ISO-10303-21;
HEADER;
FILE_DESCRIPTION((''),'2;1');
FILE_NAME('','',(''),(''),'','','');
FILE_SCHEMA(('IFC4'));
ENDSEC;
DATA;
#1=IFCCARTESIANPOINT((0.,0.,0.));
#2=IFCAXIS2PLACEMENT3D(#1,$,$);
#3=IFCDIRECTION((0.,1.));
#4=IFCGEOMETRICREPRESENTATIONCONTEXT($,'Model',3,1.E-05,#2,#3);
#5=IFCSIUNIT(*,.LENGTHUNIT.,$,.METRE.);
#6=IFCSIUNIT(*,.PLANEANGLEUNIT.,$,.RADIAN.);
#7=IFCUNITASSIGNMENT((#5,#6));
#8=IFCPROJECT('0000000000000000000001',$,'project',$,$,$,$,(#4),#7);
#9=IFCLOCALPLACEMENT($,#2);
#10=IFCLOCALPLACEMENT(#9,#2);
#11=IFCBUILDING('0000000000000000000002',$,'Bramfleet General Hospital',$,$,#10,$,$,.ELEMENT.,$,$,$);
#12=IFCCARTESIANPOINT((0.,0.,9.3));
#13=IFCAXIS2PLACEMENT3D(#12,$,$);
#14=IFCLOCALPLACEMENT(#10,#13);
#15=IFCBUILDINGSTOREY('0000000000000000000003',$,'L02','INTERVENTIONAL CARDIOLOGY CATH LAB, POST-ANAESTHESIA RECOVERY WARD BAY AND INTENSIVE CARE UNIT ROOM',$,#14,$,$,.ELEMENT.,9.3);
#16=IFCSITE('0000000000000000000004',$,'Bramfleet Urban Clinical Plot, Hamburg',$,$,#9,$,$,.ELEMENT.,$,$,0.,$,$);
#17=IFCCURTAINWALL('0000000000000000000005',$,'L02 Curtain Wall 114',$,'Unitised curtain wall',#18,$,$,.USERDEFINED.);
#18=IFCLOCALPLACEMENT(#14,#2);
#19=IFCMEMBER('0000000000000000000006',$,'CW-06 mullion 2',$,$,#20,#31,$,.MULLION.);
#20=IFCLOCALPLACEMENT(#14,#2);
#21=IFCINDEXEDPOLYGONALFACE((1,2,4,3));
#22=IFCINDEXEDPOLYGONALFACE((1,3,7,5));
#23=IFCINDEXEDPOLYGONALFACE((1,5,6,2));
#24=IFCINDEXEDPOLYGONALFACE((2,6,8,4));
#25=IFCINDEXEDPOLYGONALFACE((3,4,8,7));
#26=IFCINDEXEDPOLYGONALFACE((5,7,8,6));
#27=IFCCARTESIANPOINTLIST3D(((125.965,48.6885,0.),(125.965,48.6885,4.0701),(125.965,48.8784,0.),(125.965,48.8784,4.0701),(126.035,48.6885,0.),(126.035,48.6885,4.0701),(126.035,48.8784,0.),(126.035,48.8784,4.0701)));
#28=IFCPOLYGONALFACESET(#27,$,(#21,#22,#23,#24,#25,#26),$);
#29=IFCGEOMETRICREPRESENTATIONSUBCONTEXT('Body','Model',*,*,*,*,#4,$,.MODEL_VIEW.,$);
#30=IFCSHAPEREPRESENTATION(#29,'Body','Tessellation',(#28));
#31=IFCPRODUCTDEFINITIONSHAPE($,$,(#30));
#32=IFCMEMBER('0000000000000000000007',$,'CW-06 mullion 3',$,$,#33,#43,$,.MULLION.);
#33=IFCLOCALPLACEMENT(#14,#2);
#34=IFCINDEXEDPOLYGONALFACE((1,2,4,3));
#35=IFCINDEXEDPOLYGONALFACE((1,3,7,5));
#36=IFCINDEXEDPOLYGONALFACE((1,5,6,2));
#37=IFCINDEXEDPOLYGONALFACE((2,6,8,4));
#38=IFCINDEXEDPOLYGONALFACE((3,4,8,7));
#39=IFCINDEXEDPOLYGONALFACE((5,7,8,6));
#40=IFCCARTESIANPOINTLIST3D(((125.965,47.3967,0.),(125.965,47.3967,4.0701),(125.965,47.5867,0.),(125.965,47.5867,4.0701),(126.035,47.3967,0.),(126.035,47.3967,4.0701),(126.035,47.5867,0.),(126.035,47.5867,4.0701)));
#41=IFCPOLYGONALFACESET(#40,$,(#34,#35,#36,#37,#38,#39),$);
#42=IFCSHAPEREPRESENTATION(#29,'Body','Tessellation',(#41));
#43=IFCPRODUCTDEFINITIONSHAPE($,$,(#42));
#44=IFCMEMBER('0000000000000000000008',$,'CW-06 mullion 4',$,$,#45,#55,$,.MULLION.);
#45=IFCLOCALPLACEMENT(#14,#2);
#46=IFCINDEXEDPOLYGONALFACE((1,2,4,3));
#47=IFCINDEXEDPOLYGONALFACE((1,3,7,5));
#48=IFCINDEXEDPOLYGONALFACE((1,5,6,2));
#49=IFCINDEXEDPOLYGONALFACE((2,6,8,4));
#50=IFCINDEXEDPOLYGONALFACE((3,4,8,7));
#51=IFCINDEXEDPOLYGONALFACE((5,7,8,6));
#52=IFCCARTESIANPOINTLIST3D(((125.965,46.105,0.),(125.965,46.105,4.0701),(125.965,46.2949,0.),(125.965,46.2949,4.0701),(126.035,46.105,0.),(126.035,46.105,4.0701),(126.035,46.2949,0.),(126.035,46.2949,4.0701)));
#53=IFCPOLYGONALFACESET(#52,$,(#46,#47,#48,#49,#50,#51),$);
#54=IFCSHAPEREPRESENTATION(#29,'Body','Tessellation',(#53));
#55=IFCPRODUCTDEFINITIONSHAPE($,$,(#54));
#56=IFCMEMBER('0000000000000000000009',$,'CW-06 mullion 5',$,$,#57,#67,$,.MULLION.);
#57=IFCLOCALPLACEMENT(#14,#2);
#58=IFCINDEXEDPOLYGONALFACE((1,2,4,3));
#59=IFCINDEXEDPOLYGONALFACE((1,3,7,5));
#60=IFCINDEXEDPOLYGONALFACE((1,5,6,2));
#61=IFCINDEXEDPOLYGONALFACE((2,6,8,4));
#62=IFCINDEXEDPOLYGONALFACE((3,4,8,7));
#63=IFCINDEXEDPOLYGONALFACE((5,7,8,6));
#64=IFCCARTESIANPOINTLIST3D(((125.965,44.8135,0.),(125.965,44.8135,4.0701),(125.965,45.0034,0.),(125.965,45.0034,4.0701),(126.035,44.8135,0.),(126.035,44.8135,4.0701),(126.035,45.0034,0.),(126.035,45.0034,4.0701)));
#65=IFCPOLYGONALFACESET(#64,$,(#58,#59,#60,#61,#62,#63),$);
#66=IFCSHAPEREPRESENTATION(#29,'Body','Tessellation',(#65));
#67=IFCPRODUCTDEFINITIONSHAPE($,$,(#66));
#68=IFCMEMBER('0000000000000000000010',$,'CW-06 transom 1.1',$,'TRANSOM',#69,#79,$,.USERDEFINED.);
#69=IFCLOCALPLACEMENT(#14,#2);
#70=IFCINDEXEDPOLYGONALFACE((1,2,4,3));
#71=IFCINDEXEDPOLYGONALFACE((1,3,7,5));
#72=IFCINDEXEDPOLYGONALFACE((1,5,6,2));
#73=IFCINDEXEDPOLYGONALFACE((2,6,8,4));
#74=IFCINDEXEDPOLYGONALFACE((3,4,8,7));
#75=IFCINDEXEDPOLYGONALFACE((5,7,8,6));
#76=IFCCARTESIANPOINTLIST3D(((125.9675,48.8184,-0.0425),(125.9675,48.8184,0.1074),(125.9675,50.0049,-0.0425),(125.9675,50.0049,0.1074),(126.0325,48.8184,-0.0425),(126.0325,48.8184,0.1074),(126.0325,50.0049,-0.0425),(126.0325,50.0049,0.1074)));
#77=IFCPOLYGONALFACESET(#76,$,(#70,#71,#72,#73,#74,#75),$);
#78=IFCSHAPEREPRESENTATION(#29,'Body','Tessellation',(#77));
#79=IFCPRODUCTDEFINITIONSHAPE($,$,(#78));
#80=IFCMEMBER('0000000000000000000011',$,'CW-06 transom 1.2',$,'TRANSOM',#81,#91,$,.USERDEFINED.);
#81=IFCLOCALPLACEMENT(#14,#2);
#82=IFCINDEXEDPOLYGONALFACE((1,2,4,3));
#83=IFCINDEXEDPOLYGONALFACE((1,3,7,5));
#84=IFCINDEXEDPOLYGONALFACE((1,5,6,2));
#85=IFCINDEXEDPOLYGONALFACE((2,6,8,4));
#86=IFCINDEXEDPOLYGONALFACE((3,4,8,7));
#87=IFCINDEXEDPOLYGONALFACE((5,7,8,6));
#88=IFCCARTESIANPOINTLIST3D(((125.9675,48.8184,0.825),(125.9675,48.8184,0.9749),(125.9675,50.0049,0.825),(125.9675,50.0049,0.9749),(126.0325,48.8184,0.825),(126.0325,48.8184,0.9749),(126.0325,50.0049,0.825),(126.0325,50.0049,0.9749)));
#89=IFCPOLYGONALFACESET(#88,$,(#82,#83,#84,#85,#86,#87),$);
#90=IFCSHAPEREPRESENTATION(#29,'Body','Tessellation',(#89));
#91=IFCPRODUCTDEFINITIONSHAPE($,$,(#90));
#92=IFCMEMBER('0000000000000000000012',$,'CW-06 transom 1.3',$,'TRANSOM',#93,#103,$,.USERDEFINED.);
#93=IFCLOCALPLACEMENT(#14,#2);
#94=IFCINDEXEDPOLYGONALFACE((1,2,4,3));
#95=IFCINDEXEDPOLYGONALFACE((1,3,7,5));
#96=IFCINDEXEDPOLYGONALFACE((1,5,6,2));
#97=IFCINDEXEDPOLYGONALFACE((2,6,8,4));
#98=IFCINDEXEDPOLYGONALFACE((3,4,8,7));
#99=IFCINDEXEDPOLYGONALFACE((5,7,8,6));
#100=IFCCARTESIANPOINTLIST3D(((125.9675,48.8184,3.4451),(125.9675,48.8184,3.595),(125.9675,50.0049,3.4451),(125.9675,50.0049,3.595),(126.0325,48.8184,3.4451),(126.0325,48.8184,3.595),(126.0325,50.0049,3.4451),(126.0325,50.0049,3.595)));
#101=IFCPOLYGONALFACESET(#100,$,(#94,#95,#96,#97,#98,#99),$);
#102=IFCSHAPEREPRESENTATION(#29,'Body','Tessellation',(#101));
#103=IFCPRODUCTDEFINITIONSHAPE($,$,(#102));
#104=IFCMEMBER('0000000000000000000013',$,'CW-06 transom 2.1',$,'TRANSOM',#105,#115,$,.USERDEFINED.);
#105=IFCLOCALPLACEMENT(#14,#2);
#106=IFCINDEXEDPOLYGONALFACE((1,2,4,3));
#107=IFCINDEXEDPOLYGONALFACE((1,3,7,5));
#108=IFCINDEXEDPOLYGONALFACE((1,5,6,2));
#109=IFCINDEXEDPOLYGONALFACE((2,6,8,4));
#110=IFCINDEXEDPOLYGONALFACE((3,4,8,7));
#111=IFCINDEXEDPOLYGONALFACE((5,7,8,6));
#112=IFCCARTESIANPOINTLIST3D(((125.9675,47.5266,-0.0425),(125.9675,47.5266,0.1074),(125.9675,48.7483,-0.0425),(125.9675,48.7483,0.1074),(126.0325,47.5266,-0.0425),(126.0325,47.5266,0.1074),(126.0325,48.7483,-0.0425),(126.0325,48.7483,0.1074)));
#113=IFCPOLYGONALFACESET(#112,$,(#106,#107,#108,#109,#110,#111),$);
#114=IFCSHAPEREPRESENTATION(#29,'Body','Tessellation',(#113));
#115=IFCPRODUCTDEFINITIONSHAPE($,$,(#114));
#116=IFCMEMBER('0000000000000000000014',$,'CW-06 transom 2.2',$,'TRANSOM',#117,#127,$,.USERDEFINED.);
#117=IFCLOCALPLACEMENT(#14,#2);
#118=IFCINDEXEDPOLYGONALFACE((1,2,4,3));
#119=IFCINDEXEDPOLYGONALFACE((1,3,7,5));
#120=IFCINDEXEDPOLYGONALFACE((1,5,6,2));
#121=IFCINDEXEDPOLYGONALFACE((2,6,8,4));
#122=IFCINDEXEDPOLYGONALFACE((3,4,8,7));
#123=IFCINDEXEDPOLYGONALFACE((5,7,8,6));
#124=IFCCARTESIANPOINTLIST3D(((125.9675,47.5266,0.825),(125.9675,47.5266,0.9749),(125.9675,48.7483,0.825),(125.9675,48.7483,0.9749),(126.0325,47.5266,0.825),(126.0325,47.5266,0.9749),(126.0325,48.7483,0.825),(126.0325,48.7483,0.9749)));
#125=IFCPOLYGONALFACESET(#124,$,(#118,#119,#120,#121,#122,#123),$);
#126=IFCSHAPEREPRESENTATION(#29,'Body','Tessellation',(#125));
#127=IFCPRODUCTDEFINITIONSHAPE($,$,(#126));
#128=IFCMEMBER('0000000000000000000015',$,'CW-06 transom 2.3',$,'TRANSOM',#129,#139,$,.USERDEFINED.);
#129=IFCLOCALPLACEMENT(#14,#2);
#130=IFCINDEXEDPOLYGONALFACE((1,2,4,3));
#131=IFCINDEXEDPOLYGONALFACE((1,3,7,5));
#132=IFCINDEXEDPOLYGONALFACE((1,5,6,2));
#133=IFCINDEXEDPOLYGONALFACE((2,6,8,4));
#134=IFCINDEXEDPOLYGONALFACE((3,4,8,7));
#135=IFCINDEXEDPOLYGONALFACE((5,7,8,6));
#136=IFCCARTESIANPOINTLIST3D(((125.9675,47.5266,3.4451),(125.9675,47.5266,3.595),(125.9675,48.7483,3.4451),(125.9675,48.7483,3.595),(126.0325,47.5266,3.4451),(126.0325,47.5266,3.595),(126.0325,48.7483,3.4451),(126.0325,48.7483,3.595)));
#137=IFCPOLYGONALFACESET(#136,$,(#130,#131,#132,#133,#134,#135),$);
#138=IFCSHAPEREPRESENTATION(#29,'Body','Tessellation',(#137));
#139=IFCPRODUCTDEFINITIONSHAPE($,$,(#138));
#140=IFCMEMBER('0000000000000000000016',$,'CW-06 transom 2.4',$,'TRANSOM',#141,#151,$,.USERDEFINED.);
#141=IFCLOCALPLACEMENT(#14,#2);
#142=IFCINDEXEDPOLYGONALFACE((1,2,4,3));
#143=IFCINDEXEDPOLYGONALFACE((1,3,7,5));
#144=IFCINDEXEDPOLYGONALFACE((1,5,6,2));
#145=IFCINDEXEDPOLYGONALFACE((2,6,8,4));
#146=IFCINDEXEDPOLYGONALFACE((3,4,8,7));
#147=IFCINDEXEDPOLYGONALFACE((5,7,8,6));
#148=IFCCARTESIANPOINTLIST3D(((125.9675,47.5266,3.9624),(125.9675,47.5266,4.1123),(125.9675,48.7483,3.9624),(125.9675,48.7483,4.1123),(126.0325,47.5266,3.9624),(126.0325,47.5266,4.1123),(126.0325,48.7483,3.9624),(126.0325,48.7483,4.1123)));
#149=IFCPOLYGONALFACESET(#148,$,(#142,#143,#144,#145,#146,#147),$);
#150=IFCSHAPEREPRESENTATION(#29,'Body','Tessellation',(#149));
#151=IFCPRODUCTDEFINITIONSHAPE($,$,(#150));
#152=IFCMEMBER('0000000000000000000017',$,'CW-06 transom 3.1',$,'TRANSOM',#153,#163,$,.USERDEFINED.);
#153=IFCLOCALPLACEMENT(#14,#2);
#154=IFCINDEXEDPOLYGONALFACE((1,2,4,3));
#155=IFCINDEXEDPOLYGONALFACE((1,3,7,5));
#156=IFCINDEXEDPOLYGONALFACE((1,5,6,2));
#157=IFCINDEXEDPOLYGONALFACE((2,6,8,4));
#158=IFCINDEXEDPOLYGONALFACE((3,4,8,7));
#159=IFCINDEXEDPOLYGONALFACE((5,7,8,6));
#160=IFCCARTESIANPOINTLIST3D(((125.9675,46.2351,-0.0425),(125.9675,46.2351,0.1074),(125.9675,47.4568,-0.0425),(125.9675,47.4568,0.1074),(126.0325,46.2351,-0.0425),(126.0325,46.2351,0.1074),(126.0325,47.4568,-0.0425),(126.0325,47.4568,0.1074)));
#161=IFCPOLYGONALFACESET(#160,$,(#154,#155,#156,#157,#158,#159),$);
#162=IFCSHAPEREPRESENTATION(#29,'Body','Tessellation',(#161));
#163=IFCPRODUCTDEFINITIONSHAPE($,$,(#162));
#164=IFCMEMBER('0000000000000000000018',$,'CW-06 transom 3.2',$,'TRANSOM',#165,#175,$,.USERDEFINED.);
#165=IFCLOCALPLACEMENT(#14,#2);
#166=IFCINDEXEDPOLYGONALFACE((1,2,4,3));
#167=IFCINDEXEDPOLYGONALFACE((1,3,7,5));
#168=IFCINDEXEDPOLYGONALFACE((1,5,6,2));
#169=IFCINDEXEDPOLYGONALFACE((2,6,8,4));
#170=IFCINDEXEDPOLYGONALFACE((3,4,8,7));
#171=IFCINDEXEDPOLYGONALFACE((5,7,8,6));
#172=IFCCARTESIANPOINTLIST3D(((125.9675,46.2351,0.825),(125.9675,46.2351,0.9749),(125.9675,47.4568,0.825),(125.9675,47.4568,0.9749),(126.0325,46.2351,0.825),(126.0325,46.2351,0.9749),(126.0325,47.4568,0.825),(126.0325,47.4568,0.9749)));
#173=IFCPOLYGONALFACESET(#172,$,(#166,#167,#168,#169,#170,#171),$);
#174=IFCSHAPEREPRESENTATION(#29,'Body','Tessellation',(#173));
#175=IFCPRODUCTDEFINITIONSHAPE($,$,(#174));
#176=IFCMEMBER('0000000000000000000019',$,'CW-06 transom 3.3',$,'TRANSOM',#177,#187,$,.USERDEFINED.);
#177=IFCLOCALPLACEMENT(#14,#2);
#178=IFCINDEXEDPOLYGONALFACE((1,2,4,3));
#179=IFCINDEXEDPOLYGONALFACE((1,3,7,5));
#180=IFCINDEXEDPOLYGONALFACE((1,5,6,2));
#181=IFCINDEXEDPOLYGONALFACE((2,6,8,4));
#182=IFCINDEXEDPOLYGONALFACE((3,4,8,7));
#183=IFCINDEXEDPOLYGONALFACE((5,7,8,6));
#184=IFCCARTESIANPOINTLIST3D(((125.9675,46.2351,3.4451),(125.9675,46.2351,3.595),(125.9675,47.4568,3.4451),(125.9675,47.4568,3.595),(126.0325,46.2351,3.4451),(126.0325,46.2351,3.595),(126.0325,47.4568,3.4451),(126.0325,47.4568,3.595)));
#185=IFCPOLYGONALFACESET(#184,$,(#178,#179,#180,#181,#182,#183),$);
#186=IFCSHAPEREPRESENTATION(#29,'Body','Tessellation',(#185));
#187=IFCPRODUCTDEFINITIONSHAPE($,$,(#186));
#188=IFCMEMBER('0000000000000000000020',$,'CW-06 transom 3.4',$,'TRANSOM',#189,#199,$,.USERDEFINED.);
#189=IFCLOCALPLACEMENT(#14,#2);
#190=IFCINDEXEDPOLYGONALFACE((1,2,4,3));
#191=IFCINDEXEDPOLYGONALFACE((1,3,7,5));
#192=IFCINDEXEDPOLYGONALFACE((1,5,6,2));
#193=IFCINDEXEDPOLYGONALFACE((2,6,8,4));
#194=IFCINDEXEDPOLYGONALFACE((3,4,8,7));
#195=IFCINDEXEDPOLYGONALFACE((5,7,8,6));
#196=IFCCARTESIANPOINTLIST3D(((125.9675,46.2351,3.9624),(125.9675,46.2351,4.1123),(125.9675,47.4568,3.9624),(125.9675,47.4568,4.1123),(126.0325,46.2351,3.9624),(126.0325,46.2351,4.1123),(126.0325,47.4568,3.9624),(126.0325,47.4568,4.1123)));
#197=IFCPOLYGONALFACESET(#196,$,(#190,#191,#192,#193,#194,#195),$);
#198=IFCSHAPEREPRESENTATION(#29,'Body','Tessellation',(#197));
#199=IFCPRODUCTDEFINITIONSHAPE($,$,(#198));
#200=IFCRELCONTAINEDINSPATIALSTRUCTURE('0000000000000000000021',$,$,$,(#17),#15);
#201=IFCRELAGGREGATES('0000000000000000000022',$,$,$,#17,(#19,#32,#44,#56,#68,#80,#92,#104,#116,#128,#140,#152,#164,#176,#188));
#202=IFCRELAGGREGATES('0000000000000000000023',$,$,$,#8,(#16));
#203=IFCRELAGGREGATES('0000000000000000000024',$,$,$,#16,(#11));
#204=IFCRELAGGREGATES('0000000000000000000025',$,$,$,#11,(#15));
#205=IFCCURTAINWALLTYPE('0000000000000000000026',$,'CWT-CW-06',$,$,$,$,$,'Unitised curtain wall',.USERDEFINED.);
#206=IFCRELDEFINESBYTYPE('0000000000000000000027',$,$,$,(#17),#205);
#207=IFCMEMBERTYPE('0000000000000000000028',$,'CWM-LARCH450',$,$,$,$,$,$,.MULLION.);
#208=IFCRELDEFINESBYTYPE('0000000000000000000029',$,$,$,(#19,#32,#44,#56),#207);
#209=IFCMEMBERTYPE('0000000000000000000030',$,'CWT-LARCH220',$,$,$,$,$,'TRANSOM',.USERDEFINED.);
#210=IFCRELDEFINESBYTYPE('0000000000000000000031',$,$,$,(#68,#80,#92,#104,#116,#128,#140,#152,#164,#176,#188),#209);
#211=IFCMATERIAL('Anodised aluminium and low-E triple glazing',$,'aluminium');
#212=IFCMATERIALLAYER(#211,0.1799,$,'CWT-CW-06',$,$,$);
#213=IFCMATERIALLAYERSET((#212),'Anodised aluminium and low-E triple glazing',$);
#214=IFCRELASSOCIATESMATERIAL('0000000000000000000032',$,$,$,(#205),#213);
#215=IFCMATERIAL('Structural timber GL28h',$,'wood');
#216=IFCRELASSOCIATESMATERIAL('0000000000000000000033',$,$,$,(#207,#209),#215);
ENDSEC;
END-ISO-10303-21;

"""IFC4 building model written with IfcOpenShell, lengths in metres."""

from ifc_helpers import new_model, si_unit, direction, frame, origin, origin_2d, place, context, subcontext, project, spatial, rectangle, extrude, material, layer, layer_set, material_profile, profile_set, type_object, element, aggregate, save


model = new_model("IFC4")

# Units and contexts
model_context = context("Model", 3, precision=1e-05, world=origin(), true_north=direction((0.0, 1.0)))
body_context = subcontext(model_context, "Body", "Model", "MODEL_VIEW")
ifc_project = project(units=[si_unit("LENGTHUNIT", "METRE"), si_unit("PLANEANGLEUNIT", "RADIAN")], contexts=[model_context])

# Site, building, storey
site_placement = place(None, origin())
site = spatial("IfcSite", under=ifc_project, at=site_placement, Name="Bramfleet Urban Clinical Plot, Hamburg", CompositionType="ELEMENT", RefElevation=0.0)
building_placement = place(site_placement, origin())
building = spatial("IfcBuilding", under=site, at=building_placement, Name="Bramfleet General Hospital", CompositionType="ELEMENT")
storey_placement = place(building_placement, frame((0.0, 0.0, 9.3)))
storey = spatial("IfcBuildingStorey", under=building, at=storey_placement, Name="L02", Description="INTERVENTIONAL CARDIOLOGY CATH LAB, POST-ANAESTHESIA RECOVERY WARD BAY AND INTENSIVE CARE UNIT ROOM", CompositionType="ELEMENT", Elevation=9.3)

# Curtain wall, members
ifc_material_1 = material(Name="Anodised aluminium and low-E triple glazing", Category="aluminium")
ifc_layer_1 = layer(ifc_material_1, 0.1799, Name="CWT-CW-06")
ifc_layer_set_1 = layer_set([ifc_layer_1], Name="Anodised aluminium and low-E triple glazing")
curtain_wall_type = type_object("IfcCurtainWallType", Name="CWT-CW-06", ElementType="Unitised curtain wall", PredefinedType="USERDEFINED", material=ifc_layer_set_1)
curtain_wall_placement = place(storey_placement, origin())
curtain_wall = element("IfcCurtainWall", 1, at=curtain_wall_placement, inside=storey, type_object=curtain_wall_type, Name="L02 Curtain Wall 114", ObjectType="Unitised curtain wall", PredefinedType="USERDEFINED")
ifc_material_2 = material(Name="Structural timber GL28h", Category="wood")
ifc_material_profile_1 = material_profile(ifc_material_2, rectangle(XDim=0.0701, YDim=0.1899, at=origin_2d()), Name="LARCH 190x70")
ifc_profile_set_1 = profile_set([ifc_material_profile_1], Name="Structural timber GL28h")
member_type_1 = type_object("IfcMemberType", Name="CWM-LARCH450", PredefinedType="MULLION", material=ifc_profile_set_1)
member_1_placement = place(storey_placement, frame((126.0, 48.7834, 0.0), z_axis=(0.0, 0.0, 1.0), x_axis=(1.0, 0.0, 0.0)))
member_1 = element("IfcMember", 2, at=member_1_placement, type_object=member_type_1, Name="CW-06 mullion 2", PredefinedType="MULLION", context=body_context, shape_type="SweptSolid", body=[
    extrude(rectangle(XDim=0.0701, YDim=0.1899, at=origin_2d()), origin(), (0.0, 0.0, 1.0), 4.0701),
])
member_2_placement = place(storey_placement, frame((126.0, 47.4917, 0.0), z_axis=(0.0, 0.0, 1.0), x_axis=(1.0, 0.0, 0.0)))
member_2 = element("IfcMember", 3, at=member_2_placement, type_object=member_type_1, Name="CW-06 mullion 3", PredefinedType="MULLION", context=body_context, shape_type="SweptSolid", body=[
    extrude(rectangle(XDim=0.0701, YDim=0.1899, at=origin_2d()), origin(), (0.0, 0.0, 1.0), 4.0701),
])
member_3_placement = place(storey_placement, frame((126.0, 46.2, 0.0), z_axis=(0.0, 0.0, 1.0), x_axis=(1.0, 0.0, 0.0)))
member_3 = element("IfcMember", 4, at=member_3_placement, type_object=member_type_1, Name="CW-06 mullion 4", PredefinedType="MULLION", context=body_context, shape_type="SweptSolid", body=[
    extrude(rectangle(XDim=0.0701, YDim=0.1899, at=origin_2d()), origin(), (0.0, 0.0, 1.0), 4.0701),
])
member_4_placement = place(storey_placement, frame((126.0, 44.9084, 0.0), z_axis=(0.0, 0.0, 1.0), x_axis=(1.0, 0.0, 0.0)))
member_4 = element("IfcMember", 5, at=member_4_placement, type_object=member_type_1, Name="CW-06 mullion 5", PredefinedType="MULLION", context=body_context, shape_type="SweptSolid", body=[
    extrude(rectangle(XDim=0.0701, YDim=0.1899, at=origin_2d()), origin(), (0.0, 0.0, 1.0), 4.0701),
])
ifc_material_profile_2 = material_profile(ifc_material_2, rectangle(XDim=0.0649, YDim=0.1499, at=origin_2d()), Name="LARCH 150x65")
ifc_profile_set_2 = profile_set([ifc_material_profile_2], Name="Structural timber GL28h")
member_type_2 = type_object("IfcMemberType", Name="CWT-LARCH220", ElementType="TRANSOM", PredefinedType="USERDEFINED", material=ifc_profile_set_2)
member_5_placement = place(storey_placement, frame((126.0, 50.0049, 0.0325), z_axis=(0.0, -1.0, 0.0), x_axis=(1.0, 0.0, 0.0)))
member_5 = element("IfcMember", 6, at=member_5_placement, type_object=member_type_2, Name="CW-06 transom 1.1", ObjectType="TRANSOM", PredefinedType="USERDEFINED", context=body_context, shape_type="SweptSolid", body=[
    extrude(rectangle(XDim=0.0649, YDim=0.1499, at=origin_2d()), origin(), (0.0, 0.0, 1.0), 1.1865),
])
member_6_placement = place(storey_placement, frame((126.0, 50.0049, 0.8999), z_axis=(0.0, -1.0, 0.0), x_axis=(1.0, 0.0, 0.0)))
member_6 = element("IfcMember", 7, at=member_6_placement, type_object=member_type_2, Name="CW-06 transom 1.2", ObjectType="TRANSOM", PredefinedType="USERDEFINED", context=body_context, shape_type="SweptSolid", body=[
    extrude(rectangle(XDim=0.0649, YDim=0.1499, at=origin_2d()), origin(), (0.0, 0.0, 1.0), 1.1865),
])
member_7_placement = place(storey_placement, frame((126.0, 50.0049, 3.52), z_axis=(0.0, -1.0, 0.0), x_axis=(1.0, 0.0, 0.0)))
member_7 = element("IfcMember", 8, at=member_7_placement, type_object=member_type_2, Name="CW-06 transom 1.3", ObjectType="TRANSOM", PredefinedType="USERDEFINED", context=body_context, shape_type="SweptSolid", body=[
    extrude(rectangle(XDim=0.0649, YDim=0.1499, at=origin_2d()), origin(), (0.0, 0.0, 1.0), 1.1865),
])
member_8_placement = place(storey_placement, frame((126.0, 48.7483, 0.0325), z_axis=(0.0, -1.0, 0.0), x_axis=(1.0, 0.0, 0.0)))
member_8 = element("IfcMember", 9, at=member_8_placement, type_object=member_type_2, Name="CW-06 transom 2.1", ObjectType="TRANSOM", PredefinedType="USERDEFINED", context=body_context, shape_type="SweptSolid", body=[
    extrude(rectangle(XDim=0.0649, YDim=0.1499, at=origin_2d()), origin(), (0.0, 0.0, 1.0), 1.2217),
])
member_9_placement = place(storey_placement, frame((126.0, 48.7483, 0.8999), z_axis=(0.0, -1.0, 0.0), x_axis=(1.0, 0.0, 0.0)))
member_9 = element("IfcMember", 10, at=member_9_placement, type_object=member_type_2, Name="CW-06 transom 2.2", ObjectType="TRANSOM", PredefinedType="USERDEFINED", context=body_context, shape_type="SweptSolid", body=[
    extrude(rectangle(XDim=0.0649, YDim=0.1499, at=origin_2d()), origin(), (0.0, 0.0, 1.0), 1.2217),
])
member_10_placement = place(storey_placement, frame((126.0, 48.7483, 3.52), z_axis=(0.0, -1.0, 0.0), x_axis=(1.0, 0.0, 0.0)))
member_10 = element("IfcMember", 11, at=member_10_placement, type_object=member_type_2, Name="CW-06 transom 2.3", ObjectType="TRANSOM", PredefinedType="USERDEFINED", context=body_context, shape_type="SweptSolid", body=[
    extrude(rectangle(XDim=0.0649, YDim=0.1499, at=origin_2d()), origin(), (0.0, 0.0, 1.0), 1.2217),
])
member_11_placement = place(storey_placement, frame((126.0, 48.7483, 4.0374), z_axis=(0.0, -1.0, 0.0), x_axis=(1.0, 0.0, 0.0)))
member_11 = element("IfcMember", 12, at=member_11_placement, type_object=member_type_2, Name="CW-06 transom 2.4", ObjectType="TRANSOM", PredefinedType="USERDEFINED", context=body_context, shape_type="SweptSolid", body=[
    extrude(rectangle(XDim=0.0649, YDim=0.1499, at=origin_2d()), origin(), (0.0, 0.0, 1.0), 1.2217),
])
member_12_placement = place(storey_placement, frame((126.0, 47.4568, 0.0325), z_axis=(0.0, -1.0, 0.0), x_axis=(1.0, 0.0, 0.0)))
member_12 = element("IfcMember", 13, at=member_12_placement, type_object=member_type_2, Name="CW-06 transom 3.1", ObjectType="TRANSOM", PredefinedType="USERDEFINED", context=body_context, shape_type="SweptSolid", body=[
    extrude(rectangle(XDim=0.0649, YDim=0.1499, at=origin_2d()), origin(), (0.0, 0.0, 1.0), 1.2217),
])
member_13_placement = place(storey_placement, frame((126.0, 47.4568, 0.8999), z_axis=(0.0, -1.0, 0.0), x_axis=(1.0, 0.0, 0.0)))
member_13 = element("IfcMember", 14, at=member_13_placement, type_object=member_type_2, Name="CW-06 transom 3.2", ObjectType="TRANSOM", PredefinedType="USERDEFINED", context=body_context, shape_type="SweptSolid", body=[
    extrude(rectangle(XDim=0.0649, YDim=0.1499, at=origin_2d()), origin(), (0.0, 0.0, 1.0), 1.2217),
])
member_14_placement = place(storey_placement, frame((126.0, 47.4568, 3.52), z_axis=(0.0, -1.0, 0.0), x_axis=(1.0, 0.0, 0.0)))
member_14 = element("IfcMember", 15, at=member_14_placement, type_object=member_type_2, Name="CW-06 transom 3.3", ObjectType="TRANSOM", PredefinedType="USERDEFINED", context=body_context, shape_type="SweptSolid", body=[
    extrude(rectangle(XDim=0.0649, YDim=0.1499, at=origin_2d()), origin(), (0.0, 0.0, 1.0), 1.2217),
])
member_15_placement = place(storey_placement, frame((126.0, 47.4568, 4.0374), z_axis=(0.0, -1.0, 0.0), x_axis=(1.0, 0.0, 0.0)))
member_15 = element("IfcMember", 16, at=member_15_placement, type_object=member_type_2, Name="CW-06 transom 3.4", ObjectType="TRANSOM", PredefinedType="USERDEFINED", context=body_context, shape_type="SweptSolid", body=[
    extrude(rectangle(XDim=0.0649, YDim=0.1499, at=origin_2d()), origin(), (0.0, 0.0, 1.0), 1.2217),
])
aggregate(curtain_wall, [member_1, member_2, member_3, member_4, member_5, member_6, member_7, member_8, member_9, member_10, member_11, member_12, member_13, member_14, member_15])

save(model, "model.ifc")
